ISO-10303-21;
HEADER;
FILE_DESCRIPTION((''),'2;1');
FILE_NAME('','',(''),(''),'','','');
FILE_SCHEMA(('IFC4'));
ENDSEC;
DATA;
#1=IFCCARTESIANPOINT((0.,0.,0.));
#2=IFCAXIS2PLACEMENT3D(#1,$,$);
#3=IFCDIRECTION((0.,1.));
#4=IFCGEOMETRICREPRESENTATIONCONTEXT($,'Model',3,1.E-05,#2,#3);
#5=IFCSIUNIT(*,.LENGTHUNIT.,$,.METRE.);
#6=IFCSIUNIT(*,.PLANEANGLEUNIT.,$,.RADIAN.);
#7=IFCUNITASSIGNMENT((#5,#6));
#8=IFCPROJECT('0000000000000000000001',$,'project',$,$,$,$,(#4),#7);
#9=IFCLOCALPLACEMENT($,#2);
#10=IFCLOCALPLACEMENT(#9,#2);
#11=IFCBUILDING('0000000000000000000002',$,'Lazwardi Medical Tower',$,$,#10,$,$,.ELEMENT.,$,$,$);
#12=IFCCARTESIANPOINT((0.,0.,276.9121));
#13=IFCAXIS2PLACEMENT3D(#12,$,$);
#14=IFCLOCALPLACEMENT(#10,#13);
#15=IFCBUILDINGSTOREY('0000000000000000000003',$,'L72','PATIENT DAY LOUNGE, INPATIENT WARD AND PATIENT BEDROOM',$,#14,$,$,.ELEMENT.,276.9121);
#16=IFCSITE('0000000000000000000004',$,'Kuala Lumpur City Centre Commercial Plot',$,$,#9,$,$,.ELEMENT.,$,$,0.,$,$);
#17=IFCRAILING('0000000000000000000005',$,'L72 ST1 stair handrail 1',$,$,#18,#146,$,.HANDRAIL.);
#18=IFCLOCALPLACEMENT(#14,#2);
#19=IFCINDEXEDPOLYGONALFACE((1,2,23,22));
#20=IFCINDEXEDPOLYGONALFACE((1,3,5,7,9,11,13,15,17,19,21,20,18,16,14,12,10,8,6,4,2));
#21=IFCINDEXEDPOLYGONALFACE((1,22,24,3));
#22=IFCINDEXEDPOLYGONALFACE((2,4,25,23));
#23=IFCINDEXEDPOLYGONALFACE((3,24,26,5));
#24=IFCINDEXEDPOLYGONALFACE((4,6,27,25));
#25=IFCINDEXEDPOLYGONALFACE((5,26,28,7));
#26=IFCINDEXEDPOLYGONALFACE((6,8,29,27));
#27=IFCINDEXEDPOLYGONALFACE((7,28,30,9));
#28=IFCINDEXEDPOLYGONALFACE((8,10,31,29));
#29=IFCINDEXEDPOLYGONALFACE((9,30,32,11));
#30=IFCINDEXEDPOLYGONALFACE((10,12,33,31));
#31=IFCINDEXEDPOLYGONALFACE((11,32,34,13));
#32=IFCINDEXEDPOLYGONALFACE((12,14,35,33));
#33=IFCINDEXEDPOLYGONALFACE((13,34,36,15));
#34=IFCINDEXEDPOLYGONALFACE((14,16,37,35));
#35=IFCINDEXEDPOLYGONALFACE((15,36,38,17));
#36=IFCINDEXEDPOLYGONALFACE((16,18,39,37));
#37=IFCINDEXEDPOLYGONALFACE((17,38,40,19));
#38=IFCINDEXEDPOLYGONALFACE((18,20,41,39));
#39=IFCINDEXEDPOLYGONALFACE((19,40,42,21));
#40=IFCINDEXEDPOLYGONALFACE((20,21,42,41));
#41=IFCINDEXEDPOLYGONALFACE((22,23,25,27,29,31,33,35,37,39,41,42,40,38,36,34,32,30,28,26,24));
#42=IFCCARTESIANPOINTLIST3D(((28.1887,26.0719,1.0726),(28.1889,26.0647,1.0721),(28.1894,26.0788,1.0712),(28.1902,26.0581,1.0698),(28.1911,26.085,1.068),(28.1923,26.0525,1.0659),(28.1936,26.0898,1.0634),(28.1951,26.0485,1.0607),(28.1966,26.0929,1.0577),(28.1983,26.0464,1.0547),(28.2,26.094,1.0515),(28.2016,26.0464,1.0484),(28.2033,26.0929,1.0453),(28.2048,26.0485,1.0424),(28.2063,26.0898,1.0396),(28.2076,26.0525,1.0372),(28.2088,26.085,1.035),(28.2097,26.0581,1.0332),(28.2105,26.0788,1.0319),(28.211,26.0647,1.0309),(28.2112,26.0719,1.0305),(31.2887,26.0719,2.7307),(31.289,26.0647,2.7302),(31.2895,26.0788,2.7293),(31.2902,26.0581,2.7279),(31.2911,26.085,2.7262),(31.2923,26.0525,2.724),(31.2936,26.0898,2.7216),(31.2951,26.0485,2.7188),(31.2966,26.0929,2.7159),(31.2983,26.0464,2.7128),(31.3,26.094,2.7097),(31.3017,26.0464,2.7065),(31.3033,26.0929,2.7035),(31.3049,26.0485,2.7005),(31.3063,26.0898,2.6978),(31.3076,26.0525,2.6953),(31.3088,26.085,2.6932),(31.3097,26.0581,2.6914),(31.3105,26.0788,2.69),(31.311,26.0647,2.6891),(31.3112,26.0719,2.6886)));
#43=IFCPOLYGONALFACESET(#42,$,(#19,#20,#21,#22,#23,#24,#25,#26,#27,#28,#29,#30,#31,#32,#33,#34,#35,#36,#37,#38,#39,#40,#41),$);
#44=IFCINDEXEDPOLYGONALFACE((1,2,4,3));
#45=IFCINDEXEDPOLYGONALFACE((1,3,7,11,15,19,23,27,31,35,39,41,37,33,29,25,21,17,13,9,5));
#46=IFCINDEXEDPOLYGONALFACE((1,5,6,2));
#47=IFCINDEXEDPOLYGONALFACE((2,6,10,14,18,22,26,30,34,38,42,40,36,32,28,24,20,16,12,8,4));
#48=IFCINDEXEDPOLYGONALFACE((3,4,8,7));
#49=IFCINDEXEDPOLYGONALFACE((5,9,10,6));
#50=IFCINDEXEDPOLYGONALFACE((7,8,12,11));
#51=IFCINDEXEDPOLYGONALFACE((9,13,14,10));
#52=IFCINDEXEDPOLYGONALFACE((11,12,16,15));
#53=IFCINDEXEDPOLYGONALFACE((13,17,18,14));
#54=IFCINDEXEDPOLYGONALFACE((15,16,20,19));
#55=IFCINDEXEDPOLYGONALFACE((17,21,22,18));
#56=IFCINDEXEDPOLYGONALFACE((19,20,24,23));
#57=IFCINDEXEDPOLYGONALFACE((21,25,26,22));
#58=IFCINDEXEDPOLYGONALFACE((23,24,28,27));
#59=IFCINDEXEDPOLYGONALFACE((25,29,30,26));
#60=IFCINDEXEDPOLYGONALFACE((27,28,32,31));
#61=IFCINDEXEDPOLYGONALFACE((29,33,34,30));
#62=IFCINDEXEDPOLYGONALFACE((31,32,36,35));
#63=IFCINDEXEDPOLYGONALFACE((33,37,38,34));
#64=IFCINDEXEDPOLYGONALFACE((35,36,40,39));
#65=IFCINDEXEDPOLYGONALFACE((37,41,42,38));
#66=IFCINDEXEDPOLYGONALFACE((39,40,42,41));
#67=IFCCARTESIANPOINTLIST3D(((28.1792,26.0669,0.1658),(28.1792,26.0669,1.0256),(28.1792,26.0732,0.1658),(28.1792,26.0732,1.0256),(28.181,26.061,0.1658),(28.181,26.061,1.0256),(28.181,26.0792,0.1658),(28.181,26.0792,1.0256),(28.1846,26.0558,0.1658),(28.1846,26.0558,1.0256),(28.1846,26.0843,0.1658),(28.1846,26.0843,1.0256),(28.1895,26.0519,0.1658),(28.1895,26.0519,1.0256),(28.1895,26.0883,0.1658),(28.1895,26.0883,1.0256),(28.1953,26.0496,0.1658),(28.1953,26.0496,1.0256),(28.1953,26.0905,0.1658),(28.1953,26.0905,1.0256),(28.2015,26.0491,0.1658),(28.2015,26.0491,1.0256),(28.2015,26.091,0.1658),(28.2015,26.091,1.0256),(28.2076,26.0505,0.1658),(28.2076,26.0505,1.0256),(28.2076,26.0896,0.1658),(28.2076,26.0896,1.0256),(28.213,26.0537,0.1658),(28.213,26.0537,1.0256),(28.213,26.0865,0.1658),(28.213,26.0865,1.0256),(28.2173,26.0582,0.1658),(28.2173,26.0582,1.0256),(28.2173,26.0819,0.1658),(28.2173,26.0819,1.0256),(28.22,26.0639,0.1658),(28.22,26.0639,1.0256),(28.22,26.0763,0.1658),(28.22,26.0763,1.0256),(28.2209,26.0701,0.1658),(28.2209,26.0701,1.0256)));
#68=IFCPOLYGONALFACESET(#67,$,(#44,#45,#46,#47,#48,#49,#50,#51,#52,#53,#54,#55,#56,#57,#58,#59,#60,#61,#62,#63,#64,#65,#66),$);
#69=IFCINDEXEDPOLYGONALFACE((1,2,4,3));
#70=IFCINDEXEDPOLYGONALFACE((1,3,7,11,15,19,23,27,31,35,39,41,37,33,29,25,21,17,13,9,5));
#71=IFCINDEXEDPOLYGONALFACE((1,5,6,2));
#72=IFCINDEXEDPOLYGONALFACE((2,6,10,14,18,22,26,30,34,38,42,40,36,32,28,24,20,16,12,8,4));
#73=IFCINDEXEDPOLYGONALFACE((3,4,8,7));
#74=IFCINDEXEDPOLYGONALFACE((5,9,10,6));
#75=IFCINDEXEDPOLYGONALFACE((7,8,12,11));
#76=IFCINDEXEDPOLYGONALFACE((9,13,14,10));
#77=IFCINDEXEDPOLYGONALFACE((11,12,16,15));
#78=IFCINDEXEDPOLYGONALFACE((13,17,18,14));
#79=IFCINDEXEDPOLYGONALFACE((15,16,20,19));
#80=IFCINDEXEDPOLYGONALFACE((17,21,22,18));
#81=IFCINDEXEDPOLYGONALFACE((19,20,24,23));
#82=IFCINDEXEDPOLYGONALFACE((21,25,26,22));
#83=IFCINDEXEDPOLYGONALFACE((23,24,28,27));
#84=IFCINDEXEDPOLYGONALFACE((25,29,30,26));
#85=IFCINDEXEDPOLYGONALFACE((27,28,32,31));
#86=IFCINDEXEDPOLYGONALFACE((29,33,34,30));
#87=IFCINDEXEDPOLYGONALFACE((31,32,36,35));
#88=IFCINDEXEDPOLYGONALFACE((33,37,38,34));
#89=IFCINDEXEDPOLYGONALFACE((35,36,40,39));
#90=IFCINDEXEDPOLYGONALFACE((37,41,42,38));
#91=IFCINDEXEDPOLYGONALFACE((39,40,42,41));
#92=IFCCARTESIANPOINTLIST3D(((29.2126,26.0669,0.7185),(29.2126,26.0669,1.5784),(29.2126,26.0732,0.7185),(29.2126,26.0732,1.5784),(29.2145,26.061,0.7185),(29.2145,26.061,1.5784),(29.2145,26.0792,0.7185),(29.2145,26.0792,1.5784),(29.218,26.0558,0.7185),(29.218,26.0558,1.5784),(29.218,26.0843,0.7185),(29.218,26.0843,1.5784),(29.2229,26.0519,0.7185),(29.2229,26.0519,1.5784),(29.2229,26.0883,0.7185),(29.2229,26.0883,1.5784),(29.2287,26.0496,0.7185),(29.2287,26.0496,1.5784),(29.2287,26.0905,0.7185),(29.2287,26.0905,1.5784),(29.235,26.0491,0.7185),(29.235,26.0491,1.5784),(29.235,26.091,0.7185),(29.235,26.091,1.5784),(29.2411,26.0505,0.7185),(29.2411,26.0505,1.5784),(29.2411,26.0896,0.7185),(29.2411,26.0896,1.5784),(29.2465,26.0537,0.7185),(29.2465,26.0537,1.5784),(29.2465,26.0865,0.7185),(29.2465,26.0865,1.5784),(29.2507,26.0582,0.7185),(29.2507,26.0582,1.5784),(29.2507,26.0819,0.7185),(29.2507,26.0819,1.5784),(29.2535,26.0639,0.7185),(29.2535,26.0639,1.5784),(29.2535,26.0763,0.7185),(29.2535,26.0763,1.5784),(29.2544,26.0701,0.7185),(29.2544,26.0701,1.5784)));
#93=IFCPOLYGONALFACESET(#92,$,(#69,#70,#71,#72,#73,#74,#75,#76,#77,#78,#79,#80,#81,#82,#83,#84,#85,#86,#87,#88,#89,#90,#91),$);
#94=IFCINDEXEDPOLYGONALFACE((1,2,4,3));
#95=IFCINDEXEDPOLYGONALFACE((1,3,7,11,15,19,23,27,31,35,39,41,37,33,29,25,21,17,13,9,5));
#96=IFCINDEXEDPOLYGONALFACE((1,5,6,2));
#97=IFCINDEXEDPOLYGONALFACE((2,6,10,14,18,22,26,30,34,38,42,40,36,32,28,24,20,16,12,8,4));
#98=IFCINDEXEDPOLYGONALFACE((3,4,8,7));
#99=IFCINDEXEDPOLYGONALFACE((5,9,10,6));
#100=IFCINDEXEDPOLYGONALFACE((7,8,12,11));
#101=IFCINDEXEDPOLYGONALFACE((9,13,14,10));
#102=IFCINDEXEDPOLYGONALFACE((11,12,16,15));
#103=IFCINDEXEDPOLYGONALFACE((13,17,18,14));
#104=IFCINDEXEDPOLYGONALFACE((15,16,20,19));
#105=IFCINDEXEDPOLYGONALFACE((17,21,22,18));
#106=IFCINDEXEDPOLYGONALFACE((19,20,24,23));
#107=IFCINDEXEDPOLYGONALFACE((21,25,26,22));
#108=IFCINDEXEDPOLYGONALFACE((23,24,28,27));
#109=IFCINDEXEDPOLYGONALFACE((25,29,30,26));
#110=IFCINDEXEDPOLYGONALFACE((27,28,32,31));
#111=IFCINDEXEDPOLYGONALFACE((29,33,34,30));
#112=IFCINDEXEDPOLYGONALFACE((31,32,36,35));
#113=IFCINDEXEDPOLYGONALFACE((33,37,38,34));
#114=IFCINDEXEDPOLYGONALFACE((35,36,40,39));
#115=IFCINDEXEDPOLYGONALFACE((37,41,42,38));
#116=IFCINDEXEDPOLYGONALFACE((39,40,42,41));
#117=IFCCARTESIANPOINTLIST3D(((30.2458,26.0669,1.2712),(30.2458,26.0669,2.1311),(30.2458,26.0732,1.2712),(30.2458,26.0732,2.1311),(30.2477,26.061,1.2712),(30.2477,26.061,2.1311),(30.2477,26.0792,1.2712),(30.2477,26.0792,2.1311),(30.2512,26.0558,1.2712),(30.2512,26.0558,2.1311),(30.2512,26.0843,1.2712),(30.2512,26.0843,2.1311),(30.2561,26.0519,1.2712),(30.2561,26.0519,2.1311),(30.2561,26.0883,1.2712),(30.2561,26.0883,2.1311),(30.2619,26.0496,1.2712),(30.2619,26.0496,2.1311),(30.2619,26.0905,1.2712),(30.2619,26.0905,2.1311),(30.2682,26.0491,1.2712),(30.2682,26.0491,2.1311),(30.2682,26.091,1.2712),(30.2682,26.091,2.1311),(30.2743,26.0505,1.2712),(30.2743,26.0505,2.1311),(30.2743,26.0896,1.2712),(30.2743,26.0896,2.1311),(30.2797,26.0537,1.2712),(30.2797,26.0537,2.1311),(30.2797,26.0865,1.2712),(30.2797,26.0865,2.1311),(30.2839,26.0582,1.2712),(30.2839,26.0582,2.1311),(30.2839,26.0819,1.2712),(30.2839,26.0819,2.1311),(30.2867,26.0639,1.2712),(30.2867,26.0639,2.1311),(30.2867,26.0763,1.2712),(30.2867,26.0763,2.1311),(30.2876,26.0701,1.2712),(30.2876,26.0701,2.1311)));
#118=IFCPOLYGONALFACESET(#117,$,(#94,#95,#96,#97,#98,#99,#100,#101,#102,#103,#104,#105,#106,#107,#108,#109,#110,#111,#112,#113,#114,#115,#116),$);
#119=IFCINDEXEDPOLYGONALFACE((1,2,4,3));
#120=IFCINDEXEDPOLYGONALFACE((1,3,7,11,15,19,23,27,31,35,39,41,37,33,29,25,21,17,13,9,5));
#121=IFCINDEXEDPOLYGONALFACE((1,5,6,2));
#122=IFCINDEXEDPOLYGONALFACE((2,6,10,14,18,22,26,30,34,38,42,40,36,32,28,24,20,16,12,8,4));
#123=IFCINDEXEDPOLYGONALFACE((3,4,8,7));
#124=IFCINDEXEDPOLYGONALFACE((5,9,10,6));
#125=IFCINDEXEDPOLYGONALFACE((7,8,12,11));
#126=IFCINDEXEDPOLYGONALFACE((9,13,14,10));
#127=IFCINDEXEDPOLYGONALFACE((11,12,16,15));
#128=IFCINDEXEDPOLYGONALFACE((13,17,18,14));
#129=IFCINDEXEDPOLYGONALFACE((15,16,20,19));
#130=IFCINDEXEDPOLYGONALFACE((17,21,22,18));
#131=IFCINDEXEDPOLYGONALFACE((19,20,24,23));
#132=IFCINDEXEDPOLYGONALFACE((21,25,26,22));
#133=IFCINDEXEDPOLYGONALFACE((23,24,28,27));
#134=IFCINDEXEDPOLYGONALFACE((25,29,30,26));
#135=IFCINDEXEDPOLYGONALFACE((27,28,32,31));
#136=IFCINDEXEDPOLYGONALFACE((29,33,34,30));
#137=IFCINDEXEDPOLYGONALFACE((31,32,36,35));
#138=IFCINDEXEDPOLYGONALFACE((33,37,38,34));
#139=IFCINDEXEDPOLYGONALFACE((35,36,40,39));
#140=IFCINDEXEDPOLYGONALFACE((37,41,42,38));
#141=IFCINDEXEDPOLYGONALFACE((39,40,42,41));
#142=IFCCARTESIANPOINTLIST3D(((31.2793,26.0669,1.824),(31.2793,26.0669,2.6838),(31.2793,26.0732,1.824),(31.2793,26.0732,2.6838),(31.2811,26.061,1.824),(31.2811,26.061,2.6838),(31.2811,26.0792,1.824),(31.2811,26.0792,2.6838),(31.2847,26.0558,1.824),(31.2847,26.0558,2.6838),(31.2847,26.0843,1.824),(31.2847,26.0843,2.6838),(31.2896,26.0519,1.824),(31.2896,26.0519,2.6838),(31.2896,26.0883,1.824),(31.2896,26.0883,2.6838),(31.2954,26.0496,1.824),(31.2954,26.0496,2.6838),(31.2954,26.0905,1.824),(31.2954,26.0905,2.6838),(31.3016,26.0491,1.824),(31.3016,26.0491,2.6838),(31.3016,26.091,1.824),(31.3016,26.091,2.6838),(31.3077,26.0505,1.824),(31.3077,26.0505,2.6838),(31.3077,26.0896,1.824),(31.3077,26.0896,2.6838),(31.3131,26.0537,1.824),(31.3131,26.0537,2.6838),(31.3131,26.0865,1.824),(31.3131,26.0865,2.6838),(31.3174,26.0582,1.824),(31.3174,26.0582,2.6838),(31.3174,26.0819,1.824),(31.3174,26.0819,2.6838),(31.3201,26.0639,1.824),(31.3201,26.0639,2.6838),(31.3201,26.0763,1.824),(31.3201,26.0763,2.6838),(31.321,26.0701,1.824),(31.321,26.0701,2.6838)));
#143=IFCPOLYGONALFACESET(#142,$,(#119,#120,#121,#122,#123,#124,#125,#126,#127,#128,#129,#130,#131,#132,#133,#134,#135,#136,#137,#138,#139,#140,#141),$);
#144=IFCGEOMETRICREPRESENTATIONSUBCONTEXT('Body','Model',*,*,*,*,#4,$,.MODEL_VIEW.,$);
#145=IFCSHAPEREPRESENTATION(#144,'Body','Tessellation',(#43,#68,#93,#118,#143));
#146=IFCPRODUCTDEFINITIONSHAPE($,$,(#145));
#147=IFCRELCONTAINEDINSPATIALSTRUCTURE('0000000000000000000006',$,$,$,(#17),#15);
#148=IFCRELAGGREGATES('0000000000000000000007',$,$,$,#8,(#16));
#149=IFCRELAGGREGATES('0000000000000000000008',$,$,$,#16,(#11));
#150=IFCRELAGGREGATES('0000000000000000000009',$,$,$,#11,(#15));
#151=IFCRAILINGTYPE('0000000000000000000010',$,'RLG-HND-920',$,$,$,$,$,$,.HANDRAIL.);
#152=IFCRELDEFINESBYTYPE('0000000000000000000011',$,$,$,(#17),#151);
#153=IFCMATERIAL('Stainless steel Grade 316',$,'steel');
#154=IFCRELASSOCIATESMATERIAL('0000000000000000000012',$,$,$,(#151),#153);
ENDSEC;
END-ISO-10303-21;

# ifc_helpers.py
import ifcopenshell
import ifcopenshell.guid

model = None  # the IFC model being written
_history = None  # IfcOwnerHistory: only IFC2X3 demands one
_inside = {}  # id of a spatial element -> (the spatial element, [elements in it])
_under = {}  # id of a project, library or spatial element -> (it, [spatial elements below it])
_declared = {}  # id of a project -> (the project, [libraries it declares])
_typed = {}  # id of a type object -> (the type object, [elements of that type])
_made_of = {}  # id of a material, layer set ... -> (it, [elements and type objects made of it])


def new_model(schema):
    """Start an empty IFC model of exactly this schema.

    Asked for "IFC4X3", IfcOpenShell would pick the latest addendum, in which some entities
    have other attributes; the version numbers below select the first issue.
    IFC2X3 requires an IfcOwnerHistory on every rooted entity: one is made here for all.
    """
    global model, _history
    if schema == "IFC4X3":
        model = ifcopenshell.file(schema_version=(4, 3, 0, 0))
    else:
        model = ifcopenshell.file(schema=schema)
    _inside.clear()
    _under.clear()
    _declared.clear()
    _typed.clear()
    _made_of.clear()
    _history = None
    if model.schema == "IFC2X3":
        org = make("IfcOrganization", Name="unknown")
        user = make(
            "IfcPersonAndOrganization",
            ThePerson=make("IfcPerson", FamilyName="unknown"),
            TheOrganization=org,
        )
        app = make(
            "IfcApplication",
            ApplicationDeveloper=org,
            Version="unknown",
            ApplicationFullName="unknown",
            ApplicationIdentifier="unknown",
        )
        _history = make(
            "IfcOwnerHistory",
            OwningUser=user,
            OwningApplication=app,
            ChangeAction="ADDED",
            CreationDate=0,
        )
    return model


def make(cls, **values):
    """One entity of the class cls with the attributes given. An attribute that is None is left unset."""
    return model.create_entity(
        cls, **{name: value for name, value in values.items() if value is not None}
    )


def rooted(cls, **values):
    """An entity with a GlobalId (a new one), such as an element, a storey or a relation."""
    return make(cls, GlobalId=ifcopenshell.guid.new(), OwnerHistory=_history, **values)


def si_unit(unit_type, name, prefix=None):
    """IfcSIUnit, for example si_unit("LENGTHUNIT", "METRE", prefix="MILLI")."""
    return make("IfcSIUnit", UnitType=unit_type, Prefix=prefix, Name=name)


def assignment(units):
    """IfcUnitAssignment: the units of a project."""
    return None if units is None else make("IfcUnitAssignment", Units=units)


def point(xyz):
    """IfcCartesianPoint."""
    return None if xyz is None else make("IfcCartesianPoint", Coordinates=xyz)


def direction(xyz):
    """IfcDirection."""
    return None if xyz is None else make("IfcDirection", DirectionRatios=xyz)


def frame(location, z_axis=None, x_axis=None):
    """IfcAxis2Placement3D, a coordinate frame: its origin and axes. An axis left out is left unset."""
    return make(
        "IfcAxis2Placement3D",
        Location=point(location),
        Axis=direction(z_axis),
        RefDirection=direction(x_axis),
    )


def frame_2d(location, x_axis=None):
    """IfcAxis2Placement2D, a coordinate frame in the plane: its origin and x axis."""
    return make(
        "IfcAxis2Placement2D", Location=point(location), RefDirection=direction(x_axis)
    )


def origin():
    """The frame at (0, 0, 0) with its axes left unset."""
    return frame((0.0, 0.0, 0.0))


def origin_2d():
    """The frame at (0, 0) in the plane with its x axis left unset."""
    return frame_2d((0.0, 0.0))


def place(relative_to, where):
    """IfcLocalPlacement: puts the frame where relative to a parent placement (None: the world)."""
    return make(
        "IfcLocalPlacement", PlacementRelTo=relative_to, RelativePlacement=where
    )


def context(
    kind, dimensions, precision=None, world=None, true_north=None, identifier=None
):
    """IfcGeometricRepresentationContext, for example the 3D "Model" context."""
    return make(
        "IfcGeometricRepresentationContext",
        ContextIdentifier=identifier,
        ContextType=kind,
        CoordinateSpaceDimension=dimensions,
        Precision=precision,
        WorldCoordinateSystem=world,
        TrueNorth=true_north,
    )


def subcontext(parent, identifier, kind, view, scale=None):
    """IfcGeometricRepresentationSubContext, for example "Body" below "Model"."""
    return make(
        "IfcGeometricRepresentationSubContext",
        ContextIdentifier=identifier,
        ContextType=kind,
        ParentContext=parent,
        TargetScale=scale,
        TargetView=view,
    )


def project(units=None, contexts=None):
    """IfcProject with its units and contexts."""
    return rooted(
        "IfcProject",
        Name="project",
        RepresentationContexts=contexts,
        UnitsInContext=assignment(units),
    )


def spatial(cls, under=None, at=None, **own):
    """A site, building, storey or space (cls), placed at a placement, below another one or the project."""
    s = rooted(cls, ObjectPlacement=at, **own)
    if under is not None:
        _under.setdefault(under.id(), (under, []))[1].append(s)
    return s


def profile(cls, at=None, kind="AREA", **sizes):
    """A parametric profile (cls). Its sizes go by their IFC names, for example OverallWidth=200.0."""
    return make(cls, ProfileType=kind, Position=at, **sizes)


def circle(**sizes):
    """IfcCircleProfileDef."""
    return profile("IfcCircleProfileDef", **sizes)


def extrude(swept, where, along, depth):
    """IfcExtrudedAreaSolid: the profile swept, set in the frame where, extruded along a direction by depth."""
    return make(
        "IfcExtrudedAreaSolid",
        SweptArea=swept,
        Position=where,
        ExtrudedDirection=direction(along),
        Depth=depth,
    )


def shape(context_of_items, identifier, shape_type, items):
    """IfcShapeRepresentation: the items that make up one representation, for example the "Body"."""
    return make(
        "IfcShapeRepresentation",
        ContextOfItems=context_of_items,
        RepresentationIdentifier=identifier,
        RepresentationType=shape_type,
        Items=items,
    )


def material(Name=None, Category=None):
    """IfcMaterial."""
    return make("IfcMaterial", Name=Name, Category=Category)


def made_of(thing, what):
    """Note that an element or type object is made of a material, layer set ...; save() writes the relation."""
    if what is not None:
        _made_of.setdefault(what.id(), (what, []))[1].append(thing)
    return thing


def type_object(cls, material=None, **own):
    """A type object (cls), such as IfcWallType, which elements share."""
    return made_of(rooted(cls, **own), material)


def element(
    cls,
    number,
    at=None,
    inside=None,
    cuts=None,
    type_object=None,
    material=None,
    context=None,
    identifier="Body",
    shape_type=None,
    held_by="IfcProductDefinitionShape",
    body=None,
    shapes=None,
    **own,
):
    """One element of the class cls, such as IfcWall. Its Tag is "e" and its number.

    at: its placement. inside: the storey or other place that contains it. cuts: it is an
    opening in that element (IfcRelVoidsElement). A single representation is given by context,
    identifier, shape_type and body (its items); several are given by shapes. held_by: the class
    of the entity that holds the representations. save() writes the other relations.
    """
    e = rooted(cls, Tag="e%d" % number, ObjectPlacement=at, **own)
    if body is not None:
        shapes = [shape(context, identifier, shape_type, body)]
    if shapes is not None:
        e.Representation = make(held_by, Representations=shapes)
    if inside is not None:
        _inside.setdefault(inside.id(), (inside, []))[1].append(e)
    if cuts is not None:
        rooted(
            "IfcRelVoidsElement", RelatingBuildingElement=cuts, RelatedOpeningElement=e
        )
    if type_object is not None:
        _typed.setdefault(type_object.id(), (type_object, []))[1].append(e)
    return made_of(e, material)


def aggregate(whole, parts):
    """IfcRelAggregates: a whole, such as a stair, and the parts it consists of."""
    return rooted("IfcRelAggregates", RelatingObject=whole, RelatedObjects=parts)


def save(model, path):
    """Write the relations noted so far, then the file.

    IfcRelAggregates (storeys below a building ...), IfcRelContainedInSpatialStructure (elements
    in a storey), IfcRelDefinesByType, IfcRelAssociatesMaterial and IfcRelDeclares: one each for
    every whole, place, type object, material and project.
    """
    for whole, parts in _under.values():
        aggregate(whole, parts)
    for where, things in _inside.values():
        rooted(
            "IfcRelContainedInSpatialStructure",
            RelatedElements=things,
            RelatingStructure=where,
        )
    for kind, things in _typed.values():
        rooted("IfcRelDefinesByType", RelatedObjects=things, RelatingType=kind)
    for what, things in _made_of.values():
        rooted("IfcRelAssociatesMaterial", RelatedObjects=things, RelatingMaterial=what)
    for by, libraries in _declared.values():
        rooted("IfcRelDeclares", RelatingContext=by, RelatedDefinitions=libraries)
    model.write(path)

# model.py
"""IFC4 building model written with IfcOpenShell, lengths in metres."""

from ifc_helpers import new_model, si_unit, direction, frame, origin, origin_2d, place, context, subcontext, project, spatial, circle, extrude, material, type_object, element, save


model = new_model("IFC4")

# Units and contexts
model_context = context("Model", 3, precision=1e-05, world=origin(), true_north=direction((0.0, 1.0)))
body_context = subcontext(model_context, "Body", "Model", "MODEL_VIEW")
ifc_project = project(units=[si_unit("LENGTHUNIT", "METRE"), si_unit("PLANEANGLEUNIT", "RADIAN")], contexts=[model_context])

# Site, building, storey
site_placement = place(None, origin())
site = spatial("IfcSite", under=ifc_project, at=site_placement, Name="Kuala Lumpur City Centre Commercial Plot", CompositionType="ELEMENT", RefElevation=0.0)
building_placement = place(site_placement, origin())
building = spatial("IfcBuilding", under=site, at=building_placement, Name="Lazwardi Medical Tower", CompositionType="ELEMENT")
storey_placement = place(building_placement, frame((0.0, 0.0, 276.9121)))
storey = spatial("IfcBuildingStorey", under=building, at=storey_placement, Name="L72", Description="PATIENT DAY LOUNGE, INPATIENT WARD AND PATIENT BEDROOM", CompositionType="ELEMENT", Elevation=276.9121)

# Railing
ifc_material_1 = material(Name="Stainless steel Grade 316", Category="steel")
railing_type_1 = type_object("IfcRailingType", Name="RLG-HND-920", PredefinedType="HANDRAIL", material=ifc_material_1)
railing_1_placement = place(storey_placement, frame((28.2, 26.0701, 0.1658)))
element("IfcRailing", 1, at=railing_1_placement, inside=storey, type_object=railing_type_1, Name="L72 ST1 stair handrail 1", PredefinedType="HANDRAIL", context=body_context, shape_type="SweptSolid", body=[
    extrude(circle(Radius=0.0239, at=origin_2d()), frame((0.0, 0.0, 0.8857), z_axis=(0.881783, 0.0, 0.471655), x_axis=(0.0, 1.0, 0.0)), (0.0, 0.0, 1.0), 3.5156),
    extrude(circle(Radius=0.021, at=origin_2d()), origin(), (0.0, 0.0, 1.0), 0.8599),
    extrude(circle(Radius=0.021, at=origin_2d()), frame((1.0334, 0.0, 0.5527)), (0.0, 0.0, 1.0), 0.8599),
    extrude(circle(Radius=0.021, at=origin_2d()), frame((2.0667, 0.0, 1.1055)), (0.0, 0.0, 1.0), 0.8599),
    extrude(circle(Radius=0.021, at=origin_2d()), frame((3.1001, 0.0, 1.6582)), (0.0, 0.0, 1.0), 0.8599),
])

save(model, "model.ifc")
